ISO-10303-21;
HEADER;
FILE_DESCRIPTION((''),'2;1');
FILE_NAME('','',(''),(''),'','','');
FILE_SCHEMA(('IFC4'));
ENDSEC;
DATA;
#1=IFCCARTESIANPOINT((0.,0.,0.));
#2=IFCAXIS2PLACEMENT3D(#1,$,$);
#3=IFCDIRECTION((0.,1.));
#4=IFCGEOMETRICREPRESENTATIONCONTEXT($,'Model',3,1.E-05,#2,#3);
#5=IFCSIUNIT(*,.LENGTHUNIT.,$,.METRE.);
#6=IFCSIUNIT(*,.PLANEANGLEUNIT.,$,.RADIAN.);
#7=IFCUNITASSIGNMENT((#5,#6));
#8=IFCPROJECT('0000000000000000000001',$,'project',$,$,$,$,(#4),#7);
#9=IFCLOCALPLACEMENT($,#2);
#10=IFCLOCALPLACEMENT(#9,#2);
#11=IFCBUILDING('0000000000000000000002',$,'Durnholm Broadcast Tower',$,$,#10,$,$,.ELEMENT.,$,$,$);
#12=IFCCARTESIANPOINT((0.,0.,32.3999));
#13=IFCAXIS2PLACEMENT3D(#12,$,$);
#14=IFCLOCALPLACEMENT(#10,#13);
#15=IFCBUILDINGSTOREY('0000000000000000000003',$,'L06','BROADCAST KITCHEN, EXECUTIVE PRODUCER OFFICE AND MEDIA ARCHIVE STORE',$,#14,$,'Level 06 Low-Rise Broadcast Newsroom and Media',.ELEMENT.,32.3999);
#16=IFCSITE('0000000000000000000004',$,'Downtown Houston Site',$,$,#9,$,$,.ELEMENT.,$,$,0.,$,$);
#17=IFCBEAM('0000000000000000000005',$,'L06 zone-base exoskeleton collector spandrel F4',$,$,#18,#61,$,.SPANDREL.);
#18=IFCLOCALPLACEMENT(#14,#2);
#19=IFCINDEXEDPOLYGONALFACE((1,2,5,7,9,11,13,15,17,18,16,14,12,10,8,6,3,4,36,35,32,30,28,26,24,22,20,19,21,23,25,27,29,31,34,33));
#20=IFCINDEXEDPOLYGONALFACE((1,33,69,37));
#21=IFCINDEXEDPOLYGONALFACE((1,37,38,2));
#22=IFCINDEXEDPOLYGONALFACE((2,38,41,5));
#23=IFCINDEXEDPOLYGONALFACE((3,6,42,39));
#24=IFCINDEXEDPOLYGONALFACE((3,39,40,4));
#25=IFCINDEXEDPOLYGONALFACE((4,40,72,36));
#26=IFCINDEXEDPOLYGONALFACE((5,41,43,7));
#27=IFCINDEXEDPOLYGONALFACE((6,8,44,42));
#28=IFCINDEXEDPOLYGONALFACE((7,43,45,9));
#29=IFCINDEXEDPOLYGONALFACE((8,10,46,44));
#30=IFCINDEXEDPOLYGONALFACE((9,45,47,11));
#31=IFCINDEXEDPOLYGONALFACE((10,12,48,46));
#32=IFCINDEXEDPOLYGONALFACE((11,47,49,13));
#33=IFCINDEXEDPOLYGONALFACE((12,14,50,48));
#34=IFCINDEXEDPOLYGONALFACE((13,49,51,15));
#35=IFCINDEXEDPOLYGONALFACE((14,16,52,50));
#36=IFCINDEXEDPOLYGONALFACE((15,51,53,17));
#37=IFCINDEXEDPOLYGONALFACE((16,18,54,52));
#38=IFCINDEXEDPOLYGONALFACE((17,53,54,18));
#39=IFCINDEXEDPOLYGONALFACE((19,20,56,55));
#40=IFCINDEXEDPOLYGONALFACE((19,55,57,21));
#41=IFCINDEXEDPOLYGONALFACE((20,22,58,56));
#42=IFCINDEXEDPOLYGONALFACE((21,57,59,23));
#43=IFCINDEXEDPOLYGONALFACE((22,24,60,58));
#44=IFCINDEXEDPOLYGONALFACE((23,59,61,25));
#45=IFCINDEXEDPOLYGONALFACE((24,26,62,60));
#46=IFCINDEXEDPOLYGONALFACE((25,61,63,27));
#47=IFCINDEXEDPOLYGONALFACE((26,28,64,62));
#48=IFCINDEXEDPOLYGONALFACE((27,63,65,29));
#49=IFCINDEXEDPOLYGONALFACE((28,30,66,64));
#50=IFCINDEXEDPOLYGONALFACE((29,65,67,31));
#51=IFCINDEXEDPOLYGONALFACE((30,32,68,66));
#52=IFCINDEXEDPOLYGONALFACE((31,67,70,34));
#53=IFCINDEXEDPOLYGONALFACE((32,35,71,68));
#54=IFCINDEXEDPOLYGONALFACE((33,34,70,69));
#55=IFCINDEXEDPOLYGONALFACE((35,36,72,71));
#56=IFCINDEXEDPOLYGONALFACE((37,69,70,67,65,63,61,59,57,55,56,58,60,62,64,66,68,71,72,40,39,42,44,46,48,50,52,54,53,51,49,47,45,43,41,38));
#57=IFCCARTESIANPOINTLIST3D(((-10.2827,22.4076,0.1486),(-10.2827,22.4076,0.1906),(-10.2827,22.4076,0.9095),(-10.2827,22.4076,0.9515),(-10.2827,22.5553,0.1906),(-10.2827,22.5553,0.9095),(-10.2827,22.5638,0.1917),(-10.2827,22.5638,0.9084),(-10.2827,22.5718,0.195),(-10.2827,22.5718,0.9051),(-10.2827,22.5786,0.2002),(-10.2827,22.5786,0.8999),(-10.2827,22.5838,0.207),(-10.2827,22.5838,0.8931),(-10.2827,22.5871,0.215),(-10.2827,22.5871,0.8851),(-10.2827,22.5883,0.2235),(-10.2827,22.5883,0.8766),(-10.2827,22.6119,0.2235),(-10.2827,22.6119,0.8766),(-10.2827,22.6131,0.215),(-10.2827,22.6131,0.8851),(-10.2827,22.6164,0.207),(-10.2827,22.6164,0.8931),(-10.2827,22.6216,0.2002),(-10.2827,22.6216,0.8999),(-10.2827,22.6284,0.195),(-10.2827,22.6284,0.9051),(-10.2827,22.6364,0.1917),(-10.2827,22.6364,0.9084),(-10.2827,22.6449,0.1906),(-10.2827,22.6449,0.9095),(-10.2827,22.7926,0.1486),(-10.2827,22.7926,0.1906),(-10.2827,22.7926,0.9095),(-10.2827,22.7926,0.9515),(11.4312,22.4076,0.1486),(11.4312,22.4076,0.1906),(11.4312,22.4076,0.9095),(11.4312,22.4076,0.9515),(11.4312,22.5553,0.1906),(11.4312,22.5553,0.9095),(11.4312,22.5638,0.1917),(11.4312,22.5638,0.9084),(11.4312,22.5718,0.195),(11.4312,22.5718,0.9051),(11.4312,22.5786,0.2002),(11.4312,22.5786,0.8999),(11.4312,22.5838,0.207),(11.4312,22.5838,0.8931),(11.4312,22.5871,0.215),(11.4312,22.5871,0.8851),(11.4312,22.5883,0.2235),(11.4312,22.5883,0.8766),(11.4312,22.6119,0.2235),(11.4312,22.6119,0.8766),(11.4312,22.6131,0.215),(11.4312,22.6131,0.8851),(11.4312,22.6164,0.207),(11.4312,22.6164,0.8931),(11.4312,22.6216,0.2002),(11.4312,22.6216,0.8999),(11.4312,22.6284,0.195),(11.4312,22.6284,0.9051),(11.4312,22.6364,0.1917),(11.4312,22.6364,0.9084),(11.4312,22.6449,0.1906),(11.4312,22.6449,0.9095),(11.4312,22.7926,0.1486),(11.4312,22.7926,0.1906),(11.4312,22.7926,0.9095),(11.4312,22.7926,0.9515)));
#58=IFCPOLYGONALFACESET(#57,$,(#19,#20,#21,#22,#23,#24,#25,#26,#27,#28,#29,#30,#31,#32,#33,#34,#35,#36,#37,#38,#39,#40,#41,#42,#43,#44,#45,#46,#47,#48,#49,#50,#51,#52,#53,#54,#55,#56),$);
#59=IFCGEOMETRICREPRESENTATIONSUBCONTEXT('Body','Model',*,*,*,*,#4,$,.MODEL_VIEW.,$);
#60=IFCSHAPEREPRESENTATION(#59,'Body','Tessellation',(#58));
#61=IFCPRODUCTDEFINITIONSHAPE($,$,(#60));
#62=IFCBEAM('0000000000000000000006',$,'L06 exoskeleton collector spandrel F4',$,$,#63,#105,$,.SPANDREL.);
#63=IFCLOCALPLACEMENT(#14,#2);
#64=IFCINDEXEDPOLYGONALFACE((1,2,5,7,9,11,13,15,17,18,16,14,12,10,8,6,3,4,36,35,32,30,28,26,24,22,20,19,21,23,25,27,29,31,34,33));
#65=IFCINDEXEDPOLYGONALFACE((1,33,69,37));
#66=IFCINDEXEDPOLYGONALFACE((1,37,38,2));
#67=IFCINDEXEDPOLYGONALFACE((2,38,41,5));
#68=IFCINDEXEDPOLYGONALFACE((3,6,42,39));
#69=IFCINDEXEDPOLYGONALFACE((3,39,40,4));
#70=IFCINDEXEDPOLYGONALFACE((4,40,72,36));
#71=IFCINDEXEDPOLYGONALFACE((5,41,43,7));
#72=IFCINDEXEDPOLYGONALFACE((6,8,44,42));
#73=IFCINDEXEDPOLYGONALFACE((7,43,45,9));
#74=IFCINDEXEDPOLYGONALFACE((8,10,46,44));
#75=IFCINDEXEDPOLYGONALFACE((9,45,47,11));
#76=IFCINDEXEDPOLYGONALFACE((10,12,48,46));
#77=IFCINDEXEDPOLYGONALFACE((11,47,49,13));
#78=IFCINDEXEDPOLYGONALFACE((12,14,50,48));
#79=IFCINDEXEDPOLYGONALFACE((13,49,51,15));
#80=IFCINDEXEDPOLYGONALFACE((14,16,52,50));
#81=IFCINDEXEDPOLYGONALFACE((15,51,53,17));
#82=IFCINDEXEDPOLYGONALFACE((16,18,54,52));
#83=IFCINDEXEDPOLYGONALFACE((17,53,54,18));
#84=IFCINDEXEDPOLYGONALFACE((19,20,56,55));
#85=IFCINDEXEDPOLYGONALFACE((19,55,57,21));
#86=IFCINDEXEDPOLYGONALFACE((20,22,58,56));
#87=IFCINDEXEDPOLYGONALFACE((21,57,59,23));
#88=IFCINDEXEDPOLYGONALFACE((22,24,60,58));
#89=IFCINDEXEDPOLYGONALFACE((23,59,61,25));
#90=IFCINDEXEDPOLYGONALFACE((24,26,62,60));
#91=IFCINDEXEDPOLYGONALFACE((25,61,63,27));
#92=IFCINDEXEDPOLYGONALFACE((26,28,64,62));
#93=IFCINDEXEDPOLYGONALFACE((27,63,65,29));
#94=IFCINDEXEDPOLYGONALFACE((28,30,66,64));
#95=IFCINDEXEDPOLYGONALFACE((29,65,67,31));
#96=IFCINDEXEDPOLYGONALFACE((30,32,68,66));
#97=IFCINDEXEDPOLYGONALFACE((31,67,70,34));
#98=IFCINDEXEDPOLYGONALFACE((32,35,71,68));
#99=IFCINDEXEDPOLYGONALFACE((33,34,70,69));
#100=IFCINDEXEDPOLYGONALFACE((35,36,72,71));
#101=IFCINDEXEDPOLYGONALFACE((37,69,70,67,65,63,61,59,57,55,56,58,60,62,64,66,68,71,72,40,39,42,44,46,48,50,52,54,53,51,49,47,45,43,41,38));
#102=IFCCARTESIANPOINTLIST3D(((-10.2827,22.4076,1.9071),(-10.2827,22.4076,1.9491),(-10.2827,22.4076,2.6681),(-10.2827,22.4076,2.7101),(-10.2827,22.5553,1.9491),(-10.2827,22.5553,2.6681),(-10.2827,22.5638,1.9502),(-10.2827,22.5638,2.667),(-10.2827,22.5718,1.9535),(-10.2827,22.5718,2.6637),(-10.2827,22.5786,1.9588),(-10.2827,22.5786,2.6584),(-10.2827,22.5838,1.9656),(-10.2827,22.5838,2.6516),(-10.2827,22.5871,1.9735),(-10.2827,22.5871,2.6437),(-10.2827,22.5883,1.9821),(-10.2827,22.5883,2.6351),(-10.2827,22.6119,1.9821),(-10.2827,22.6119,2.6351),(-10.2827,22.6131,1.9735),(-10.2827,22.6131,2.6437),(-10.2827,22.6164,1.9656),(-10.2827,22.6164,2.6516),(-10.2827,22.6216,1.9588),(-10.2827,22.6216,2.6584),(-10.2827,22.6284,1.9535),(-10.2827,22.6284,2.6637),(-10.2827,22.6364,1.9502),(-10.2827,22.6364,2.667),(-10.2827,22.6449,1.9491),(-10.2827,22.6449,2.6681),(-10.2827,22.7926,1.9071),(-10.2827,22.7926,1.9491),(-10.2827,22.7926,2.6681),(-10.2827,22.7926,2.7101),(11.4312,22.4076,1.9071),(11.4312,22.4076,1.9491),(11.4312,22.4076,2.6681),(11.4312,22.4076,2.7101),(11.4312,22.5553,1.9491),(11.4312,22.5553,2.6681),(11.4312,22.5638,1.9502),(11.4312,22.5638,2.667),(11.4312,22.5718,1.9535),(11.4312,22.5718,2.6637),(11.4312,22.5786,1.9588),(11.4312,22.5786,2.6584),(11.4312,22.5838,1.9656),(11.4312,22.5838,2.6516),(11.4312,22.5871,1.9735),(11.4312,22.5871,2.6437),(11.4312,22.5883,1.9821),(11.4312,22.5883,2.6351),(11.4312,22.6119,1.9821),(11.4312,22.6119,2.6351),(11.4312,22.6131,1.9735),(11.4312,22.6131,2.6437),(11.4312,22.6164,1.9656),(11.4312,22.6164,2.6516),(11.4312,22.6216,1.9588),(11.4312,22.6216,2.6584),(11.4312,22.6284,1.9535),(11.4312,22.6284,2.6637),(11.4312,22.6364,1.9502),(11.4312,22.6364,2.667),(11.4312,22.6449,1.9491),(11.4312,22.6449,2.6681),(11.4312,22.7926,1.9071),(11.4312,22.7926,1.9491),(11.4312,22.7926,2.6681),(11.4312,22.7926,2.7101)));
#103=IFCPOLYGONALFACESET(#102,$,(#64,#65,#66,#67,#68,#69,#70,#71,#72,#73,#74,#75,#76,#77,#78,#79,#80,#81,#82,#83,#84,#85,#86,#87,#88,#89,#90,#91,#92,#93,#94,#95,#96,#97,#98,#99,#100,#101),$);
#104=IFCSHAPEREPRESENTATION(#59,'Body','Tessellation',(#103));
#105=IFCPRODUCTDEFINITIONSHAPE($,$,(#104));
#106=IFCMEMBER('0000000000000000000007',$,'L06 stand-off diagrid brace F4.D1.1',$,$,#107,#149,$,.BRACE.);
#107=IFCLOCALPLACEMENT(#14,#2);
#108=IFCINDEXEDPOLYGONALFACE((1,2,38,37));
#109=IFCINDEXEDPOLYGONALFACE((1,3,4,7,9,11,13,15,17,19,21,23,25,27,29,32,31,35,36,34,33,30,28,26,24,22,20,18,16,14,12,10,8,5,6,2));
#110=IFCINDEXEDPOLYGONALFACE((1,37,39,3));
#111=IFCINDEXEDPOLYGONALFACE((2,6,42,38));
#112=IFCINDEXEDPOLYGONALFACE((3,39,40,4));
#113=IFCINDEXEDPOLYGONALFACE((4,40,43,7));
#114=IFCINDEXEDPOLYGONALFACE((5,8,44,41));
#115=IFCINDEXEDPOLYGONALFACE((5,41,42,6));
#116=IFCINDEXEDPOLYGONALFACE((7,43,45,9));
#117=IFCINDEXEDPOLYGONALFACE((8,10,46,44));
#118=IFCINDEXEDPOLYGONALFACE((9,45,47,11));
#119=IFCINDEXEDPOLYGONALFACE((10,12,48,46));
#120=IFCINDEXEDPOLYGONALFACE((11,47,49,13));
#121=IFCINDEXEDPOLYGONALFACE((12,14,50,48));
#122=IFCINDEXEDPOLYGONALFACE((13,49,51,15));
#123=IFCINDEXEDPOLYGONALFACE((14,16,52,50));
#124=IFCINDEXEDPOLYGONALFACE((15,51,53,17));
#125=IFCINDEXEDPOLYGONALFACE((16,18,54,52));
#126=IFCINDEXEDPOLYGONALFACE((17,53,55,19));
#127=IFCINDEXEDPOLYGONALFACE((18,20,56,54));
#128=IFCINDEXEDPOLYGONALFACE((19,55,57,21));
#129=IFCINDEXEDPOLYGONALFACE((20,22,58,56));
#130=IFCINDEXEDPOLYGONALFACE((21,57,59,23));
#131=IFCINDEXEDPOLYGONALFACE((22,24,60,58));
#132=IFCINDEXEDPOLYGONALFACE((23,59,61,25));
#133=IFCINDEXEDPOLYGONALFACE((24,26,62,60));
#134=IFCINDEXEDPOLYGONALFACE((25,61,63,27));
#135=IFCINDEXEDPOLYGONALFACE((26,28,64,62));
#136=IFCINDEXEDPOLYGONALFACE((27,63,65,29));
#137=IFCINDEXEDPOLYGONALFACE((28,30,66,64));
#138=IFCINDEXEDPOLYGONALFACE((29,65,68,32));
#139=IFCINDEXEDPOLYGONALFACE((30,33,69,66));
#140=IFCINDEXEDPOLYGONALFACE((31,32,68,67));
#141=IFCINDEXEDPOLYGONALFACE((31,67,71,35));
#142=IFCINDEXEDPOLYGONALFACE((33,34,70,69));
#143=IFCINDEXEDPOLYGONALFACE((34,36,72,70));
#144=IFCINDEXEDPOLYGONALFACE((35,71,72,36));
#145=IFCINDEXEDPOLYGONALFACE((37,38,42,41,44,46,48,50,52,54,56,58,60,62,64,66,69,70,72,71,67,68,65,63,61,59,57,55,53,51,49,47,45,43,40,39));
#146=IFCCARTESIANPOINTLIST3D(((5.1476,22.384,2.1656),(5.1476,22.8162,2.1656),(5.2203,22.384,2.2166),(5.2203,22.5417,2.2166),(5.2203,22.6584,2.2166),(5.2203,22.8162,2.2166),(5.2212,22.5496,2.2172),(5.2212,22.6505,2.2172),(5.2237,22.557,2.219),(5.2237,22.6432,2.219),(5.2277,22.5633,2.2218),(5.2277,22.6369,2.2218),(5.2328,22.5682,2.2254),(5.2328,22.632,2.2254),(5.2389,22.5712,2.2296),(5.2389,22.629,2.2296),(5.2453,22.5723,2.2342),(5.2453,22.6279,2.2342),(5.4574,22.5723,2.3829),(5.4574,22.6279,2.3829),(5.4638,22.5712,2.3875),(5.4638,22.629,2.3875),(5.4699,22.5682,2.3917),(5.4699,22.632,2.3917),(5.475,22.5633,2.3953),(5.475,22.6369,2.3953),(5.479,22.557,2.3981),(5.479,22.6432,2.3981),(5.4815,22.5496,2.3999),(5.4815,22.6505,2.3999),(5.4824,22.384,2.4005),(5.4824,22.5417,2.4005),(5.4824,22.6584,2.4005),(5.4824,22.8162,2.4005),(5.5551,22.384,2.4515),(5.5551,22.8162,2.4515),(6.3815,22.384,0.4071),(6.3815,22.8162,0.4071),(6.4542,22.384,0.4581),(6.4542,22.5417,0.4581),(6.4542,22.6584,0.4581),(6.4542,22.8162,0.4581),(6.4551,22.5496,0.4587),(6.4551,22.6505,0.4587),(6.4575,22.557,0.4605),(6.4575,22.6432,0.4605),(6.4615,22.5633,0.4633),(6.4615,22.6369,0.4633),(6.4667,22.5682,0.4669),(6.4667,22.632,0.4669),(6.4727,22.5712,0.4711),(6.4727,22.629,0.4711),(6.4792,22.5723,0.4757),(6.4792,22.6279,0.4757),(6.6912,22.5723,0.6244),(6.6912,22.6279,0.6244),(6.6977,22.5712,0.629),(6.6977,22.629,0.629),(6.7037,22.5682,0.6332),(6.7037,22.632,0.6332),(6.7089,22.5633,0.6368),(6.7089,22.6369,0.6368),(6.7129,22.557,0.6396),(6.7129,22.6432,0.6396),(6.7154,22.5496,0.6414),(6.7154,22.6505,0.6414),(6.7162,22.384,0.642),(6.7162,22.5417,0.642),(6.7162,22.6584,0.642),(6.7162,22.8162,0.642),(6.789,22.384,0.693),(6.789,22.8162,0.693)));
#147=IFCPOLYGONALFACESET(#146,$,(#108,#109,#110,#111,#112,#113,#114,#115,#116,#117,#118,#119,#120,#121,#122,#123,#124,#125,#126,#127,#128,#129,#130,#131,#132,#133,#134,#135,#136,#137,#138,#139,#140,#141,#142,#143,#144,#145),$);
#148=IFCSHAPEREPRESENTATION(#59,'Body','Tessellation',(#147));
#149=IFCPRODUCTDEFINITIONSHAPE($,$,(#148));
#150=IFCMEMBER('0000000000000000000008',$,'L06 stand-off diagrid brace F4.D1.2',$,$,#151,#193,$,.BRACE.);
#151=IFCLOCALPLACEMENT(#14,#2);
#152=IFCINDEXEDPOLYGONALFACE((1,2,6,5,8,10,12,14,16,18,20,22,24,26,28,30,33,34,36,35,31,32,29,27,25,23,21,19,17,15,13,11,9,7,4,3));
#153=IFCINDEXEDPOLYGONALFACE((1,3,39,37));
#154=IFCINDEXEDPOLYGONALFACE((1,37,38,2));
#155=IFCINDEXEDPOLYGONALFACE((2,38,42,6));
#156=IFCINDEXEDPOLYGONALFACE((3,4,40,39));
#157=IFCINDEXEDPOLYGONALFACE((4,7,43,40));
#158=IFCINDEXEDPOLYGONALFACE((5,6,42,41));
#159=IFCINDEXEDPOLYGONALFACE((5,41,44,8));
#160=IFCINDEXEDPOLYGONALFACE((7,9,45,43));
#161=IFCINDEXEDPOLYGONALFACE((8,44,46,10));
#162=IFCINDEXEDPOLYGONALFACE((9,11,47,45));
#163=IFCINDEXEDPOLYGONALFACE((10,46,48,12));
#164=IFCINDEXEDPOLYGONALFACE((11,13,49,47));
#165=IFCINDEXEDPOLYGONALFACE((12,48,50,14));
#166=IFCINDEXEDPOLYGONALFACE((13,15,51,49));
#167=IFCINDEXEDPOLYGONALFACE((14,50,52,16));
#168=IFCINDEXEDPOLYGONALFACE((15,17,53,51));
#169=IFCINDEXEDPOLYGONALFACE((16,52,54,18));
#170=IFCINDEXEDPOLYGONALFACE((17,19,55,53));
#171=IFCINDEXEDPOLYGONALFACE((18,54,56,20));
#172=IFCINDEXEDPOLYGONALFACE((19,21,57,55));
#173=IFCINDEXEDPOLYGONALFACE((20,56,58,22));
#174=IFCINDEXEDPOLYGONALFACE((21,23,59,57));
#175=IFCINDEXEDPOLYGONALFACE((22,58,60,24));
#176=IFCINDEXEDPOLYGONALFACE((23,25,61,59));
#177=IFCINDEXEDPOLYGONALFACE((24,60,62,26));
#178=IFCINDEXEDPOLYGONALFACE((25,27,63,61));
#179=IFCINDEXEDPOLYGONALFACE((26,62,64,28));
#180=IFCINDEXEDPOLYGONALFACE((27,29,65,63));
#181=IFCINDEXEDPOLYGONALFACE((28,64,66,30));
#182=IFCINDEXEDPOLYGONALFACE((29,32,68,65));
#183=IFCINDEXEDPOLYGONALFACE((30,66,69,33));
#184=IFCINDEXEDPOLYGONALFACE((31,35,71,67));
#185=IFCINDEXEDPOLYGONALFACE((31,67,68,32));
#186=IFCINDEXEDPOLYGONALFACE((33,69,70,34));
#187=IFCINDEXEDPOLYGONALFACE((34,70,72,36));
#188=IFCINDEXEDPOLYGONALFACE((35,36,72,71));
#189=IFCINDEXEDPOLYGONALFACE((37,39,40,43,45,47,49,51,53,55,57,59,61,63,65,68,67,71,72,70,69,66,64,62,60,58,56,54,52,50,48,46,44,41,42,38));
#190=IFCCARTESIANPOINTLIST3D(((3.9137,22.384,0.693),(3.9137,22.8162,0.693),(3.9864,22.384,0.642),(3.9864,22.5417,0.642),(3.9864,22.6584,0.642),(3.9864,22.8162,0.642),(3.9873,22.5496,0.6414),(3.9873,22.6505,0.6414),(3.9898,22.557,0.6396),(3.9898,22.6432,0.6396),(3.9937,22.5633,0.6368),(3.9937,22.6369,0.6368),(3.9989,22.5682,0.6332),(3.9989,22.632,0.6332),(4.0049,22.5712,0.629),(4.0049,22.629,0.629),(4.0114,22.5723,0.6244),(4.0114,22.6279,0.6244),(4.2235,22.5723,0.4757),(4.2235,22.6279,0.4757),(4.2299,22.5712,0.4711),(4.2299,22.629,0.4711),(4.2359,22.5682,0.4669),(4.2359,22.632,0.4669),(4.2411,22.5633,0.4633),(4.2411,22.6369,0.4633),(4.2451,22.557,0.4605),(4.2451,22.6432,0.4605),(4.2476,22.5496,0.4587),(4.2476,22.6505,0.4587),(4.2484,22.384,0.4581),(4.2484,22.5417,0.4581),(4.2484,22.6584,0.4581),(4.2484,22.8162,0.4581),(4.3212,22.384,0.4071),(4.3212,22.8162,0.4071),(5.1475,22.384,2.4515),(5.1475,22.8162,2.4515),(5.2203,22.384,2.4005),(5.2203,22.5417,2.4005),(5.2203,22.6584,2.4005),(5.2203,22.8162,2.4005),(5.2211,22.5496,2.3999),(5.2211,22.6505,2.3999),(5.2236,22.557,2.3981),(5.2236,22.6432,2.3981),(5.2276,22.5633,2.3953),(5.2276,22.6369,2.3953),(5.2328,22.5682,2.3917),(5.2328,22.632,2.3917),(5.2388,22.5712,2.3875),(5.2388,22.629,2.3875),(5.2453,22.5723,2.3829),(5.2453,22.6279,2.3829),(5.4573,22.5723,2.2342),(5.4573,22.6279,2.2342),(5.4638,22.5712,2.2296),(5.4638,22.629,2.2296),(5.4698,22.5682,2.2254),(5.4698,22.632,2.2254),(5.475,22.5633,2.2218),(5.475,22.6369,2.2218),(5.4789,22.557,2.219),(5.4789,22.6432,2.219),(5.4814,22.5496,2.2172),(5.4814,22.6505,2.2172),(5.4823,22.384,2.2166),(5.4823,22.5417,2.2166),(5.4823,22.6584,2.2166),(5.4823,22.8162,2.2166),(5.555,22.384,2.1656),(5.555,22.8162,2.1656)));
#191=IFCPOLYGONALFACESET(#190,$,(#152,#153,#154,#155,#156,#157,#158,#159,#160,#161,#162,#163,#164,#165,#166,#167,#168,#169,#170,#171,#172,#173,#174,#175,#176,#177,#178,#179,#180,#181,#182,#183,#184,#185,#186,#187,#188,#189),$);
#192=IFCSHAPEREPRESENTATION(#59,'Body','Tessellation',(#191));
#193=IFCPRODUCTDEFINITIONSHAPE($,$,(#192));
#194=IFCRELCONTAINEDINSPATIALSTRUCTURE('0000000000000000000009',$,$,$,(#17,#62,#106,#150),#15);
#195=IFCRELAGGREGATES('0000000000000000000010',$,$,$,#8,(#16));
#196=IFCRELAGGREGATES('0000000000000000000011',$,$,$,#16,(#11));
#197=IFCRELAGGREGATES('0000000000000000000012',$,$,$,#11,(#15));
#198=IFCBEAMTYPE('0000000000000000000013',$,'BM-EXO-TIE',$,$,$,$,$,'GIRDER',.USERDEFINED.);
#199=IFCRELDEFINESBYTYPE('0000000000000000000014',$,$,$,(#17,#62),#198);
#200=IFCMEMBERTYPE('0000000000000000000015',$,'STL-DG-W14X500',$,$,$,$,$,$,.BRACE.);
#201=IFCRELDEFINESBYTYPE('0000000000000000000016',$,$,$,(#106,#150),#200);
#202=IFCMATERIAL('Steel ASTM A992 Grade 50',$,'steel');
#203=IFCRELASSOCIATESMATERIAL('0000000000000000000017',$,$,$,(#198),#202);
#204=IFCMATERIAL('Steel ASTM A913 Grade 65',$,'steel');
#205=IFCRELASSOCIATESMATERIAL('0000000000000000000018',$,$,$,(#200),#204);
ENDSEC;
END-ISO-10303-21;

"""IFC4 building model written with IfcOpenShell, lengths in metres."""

from ifc_helpers import new_model, si_unit, direction, frame, origin, origin_2d, place, context, subcontext, project, spatial, i_section, extrude, source, transform, mapped, material, material_profile, profile_set, type_object, type_shapes, element, save


model = new_model("IFC4")

# Units and contexts
model_context = context("Model", 3, precision=1e-05, world=origin(), true_north=direction((0.0, 1.0)))
body_context = subcontext(model_context, "Body", "Model", "MODEL_VIEW")
ifc_project = project(units=[si_unit("LENGTHUNIT", "METRE"), si_unit("PLANEANGLEUNIT", "RADIAN")], contexts=[model_context])

# Site, building, storey
site_placement = place(None, origin())
site = spatial("IfcSite", under=ifc_project, at=site_placement, Name="Downtown Houston Site", CompositionType="ELEMENT", RefElevation=0.0)
building_placement = place(site_placement, origin())
building = spatial("IfcBuilding", under=site, at=building_placement, Name="Durnholm Broadcast Tower", CompositionType="ELEMENT")
storey_placement = place(building_placement, frame((0.0, 0.0, 32.3999)))
storey = spatial("IfcBuildingStorey", under=building, at=storey_placement, Name="L06", Description="BROADCAST KITCHEN, EXECUTIVE PRODUCER OFFICE AND MEDIA ARCHIVE STORE", LongName="Level 06 Low-Rise Broadcast Newsroom and Media", CompositionType="ELEMENT", Elevation=32.3999)

# Beams
ifc_material_1 = material(Name="Steel ASTM A992 Grade 50", Category="steel")
ifc_material_profile_1 = material_profile(ifc_material_1, i_section(OverallWidth=0.385, OverallDepth=0.803, WebThickness=0.0237, FlangeThickness=0.042, FilletRadius=0.033, at=origin_2d()), Name="W30X261")
ifc_profile_set_1 = profile_set([ifc_material_profile_1], Name="Steel ASTM A992 Grade 50")
beam_type_1 = type_object("IfcBeamType", Name="BM-EXO-TIE", ElementType="GIRDER", PredefinedType="USERDEFINED", material=ifc_profile_set_1)
shared_shape_1 = source(origin(), body_context, "Body", "SweptSolid", [
    extrude(i_section(OverallWidth=0.385, OverallDepth=0.803, WebThickness=0.0237, FlangeThickness=0.042, FilletRadius=0.033, at=origin_2d()), origin(), (0.0, 0.0, 1.0), 21.7139),
])
for number, where, z_axis, x_axis, name in (
    (1, (11.4312, 22.6001, 0.55), (-1.0, 0.0, 0.0), (0.0, -1.0, 0.0), "L06 zone-base exoskeleton collector spandrel F4"),
    (2, (11.4312, 22.6001, 2.3086), (-1.0, 0.0, 0.0), (0.0, -1.0, 0.0), "L06 exoskeleton collector spandrel F4"),
):
    element("IfcBeam", number, at=place(storey_placement, frame(where, z_axis=z_axis, x_axis=x_axis)), inside=storey, type_object=beam_type_1, Name=name, PredefinedType="SPANDREL", context=body_context, shape_type="MappedRepresentation", body=[
        mapped(shared_shape_1, transform((0.0, 0.0, 0.0), x_axis=(1.0, 0.0, 0.0), y_axis=(0.0, 1.0, 0.0), z_axis=(0.0, 0.0, 1.0), scale=1.0)),
    ])

# Members
ifc_material_2 = material(Name="Steel ASTM A913 Grade 65", Category="steel")
ifc_material_profile_2 = material_profile(ifc_material_2, i_section(OverallWidth=0.4321, OverallDepth=0.4978, WebThickness=0.0557, FlangeThickness=0.0889, FilletRadius=0.0305, at=origin_2d()), Name="W14X500")
ifc_profile_set_2 = profile_set([ifc_material_profile_2], Name="Steel ASTM A913 Grade 65")
member_type_1 = type_object("IfcMemberType", Name="STL-DG-W14X500", PredefinedType="BRACE", material=ifc_profile_set_2)
shared_shape_2 = source(origin(), body_context, "Body", "SweptSolid", [
    extrude(i_section(OverallWidth=0.4321, OverallDepth=0.4978, WebThickness=0.0557, FlangeThickness=0.0889, FilletRadius=0.0305, at=origin_2d()), origin(), (0.0, 0.0, 1.0), 2.1482),
])
type_shapes(member_type_1, [shared_shape_2])
for number, where, z_axis, x_axis, name in (
    (3, (6.5852, 22.6001, 0.55), (-0.57437, 0.0, 0.818596), (0.0, -1.0, 0.0), "L06 stand-off diagrid brace F4.D1.1"),
    (4, (4.1174, 22.6001, 0.55), (0.57437, 0.0, 0.818596), (0.0, 1.0, 0.0), "L06 stand-off diagrid brace F4.D1.2"),
):
    element("IfcMember", number, at=place(storey_placement, frame(where, z_axis=z_axis, x_axis=x_axis)), inside=storey, type_object=member_type_1, Name=name, PredefinedType="BRACE", context=body_context, shape_type="MappedRepresentation", body=[
        mapped(shared_shape_2, transform((0.0, 0.0, 0.0), x_axis=(1.0, 0.0, 0.0), y_axis=(0.0, 1.0, 0.0), z_axis=(0.0, 0.0, 1.0), scale=1.0)),
    ])

save(model, "model.ifc")
